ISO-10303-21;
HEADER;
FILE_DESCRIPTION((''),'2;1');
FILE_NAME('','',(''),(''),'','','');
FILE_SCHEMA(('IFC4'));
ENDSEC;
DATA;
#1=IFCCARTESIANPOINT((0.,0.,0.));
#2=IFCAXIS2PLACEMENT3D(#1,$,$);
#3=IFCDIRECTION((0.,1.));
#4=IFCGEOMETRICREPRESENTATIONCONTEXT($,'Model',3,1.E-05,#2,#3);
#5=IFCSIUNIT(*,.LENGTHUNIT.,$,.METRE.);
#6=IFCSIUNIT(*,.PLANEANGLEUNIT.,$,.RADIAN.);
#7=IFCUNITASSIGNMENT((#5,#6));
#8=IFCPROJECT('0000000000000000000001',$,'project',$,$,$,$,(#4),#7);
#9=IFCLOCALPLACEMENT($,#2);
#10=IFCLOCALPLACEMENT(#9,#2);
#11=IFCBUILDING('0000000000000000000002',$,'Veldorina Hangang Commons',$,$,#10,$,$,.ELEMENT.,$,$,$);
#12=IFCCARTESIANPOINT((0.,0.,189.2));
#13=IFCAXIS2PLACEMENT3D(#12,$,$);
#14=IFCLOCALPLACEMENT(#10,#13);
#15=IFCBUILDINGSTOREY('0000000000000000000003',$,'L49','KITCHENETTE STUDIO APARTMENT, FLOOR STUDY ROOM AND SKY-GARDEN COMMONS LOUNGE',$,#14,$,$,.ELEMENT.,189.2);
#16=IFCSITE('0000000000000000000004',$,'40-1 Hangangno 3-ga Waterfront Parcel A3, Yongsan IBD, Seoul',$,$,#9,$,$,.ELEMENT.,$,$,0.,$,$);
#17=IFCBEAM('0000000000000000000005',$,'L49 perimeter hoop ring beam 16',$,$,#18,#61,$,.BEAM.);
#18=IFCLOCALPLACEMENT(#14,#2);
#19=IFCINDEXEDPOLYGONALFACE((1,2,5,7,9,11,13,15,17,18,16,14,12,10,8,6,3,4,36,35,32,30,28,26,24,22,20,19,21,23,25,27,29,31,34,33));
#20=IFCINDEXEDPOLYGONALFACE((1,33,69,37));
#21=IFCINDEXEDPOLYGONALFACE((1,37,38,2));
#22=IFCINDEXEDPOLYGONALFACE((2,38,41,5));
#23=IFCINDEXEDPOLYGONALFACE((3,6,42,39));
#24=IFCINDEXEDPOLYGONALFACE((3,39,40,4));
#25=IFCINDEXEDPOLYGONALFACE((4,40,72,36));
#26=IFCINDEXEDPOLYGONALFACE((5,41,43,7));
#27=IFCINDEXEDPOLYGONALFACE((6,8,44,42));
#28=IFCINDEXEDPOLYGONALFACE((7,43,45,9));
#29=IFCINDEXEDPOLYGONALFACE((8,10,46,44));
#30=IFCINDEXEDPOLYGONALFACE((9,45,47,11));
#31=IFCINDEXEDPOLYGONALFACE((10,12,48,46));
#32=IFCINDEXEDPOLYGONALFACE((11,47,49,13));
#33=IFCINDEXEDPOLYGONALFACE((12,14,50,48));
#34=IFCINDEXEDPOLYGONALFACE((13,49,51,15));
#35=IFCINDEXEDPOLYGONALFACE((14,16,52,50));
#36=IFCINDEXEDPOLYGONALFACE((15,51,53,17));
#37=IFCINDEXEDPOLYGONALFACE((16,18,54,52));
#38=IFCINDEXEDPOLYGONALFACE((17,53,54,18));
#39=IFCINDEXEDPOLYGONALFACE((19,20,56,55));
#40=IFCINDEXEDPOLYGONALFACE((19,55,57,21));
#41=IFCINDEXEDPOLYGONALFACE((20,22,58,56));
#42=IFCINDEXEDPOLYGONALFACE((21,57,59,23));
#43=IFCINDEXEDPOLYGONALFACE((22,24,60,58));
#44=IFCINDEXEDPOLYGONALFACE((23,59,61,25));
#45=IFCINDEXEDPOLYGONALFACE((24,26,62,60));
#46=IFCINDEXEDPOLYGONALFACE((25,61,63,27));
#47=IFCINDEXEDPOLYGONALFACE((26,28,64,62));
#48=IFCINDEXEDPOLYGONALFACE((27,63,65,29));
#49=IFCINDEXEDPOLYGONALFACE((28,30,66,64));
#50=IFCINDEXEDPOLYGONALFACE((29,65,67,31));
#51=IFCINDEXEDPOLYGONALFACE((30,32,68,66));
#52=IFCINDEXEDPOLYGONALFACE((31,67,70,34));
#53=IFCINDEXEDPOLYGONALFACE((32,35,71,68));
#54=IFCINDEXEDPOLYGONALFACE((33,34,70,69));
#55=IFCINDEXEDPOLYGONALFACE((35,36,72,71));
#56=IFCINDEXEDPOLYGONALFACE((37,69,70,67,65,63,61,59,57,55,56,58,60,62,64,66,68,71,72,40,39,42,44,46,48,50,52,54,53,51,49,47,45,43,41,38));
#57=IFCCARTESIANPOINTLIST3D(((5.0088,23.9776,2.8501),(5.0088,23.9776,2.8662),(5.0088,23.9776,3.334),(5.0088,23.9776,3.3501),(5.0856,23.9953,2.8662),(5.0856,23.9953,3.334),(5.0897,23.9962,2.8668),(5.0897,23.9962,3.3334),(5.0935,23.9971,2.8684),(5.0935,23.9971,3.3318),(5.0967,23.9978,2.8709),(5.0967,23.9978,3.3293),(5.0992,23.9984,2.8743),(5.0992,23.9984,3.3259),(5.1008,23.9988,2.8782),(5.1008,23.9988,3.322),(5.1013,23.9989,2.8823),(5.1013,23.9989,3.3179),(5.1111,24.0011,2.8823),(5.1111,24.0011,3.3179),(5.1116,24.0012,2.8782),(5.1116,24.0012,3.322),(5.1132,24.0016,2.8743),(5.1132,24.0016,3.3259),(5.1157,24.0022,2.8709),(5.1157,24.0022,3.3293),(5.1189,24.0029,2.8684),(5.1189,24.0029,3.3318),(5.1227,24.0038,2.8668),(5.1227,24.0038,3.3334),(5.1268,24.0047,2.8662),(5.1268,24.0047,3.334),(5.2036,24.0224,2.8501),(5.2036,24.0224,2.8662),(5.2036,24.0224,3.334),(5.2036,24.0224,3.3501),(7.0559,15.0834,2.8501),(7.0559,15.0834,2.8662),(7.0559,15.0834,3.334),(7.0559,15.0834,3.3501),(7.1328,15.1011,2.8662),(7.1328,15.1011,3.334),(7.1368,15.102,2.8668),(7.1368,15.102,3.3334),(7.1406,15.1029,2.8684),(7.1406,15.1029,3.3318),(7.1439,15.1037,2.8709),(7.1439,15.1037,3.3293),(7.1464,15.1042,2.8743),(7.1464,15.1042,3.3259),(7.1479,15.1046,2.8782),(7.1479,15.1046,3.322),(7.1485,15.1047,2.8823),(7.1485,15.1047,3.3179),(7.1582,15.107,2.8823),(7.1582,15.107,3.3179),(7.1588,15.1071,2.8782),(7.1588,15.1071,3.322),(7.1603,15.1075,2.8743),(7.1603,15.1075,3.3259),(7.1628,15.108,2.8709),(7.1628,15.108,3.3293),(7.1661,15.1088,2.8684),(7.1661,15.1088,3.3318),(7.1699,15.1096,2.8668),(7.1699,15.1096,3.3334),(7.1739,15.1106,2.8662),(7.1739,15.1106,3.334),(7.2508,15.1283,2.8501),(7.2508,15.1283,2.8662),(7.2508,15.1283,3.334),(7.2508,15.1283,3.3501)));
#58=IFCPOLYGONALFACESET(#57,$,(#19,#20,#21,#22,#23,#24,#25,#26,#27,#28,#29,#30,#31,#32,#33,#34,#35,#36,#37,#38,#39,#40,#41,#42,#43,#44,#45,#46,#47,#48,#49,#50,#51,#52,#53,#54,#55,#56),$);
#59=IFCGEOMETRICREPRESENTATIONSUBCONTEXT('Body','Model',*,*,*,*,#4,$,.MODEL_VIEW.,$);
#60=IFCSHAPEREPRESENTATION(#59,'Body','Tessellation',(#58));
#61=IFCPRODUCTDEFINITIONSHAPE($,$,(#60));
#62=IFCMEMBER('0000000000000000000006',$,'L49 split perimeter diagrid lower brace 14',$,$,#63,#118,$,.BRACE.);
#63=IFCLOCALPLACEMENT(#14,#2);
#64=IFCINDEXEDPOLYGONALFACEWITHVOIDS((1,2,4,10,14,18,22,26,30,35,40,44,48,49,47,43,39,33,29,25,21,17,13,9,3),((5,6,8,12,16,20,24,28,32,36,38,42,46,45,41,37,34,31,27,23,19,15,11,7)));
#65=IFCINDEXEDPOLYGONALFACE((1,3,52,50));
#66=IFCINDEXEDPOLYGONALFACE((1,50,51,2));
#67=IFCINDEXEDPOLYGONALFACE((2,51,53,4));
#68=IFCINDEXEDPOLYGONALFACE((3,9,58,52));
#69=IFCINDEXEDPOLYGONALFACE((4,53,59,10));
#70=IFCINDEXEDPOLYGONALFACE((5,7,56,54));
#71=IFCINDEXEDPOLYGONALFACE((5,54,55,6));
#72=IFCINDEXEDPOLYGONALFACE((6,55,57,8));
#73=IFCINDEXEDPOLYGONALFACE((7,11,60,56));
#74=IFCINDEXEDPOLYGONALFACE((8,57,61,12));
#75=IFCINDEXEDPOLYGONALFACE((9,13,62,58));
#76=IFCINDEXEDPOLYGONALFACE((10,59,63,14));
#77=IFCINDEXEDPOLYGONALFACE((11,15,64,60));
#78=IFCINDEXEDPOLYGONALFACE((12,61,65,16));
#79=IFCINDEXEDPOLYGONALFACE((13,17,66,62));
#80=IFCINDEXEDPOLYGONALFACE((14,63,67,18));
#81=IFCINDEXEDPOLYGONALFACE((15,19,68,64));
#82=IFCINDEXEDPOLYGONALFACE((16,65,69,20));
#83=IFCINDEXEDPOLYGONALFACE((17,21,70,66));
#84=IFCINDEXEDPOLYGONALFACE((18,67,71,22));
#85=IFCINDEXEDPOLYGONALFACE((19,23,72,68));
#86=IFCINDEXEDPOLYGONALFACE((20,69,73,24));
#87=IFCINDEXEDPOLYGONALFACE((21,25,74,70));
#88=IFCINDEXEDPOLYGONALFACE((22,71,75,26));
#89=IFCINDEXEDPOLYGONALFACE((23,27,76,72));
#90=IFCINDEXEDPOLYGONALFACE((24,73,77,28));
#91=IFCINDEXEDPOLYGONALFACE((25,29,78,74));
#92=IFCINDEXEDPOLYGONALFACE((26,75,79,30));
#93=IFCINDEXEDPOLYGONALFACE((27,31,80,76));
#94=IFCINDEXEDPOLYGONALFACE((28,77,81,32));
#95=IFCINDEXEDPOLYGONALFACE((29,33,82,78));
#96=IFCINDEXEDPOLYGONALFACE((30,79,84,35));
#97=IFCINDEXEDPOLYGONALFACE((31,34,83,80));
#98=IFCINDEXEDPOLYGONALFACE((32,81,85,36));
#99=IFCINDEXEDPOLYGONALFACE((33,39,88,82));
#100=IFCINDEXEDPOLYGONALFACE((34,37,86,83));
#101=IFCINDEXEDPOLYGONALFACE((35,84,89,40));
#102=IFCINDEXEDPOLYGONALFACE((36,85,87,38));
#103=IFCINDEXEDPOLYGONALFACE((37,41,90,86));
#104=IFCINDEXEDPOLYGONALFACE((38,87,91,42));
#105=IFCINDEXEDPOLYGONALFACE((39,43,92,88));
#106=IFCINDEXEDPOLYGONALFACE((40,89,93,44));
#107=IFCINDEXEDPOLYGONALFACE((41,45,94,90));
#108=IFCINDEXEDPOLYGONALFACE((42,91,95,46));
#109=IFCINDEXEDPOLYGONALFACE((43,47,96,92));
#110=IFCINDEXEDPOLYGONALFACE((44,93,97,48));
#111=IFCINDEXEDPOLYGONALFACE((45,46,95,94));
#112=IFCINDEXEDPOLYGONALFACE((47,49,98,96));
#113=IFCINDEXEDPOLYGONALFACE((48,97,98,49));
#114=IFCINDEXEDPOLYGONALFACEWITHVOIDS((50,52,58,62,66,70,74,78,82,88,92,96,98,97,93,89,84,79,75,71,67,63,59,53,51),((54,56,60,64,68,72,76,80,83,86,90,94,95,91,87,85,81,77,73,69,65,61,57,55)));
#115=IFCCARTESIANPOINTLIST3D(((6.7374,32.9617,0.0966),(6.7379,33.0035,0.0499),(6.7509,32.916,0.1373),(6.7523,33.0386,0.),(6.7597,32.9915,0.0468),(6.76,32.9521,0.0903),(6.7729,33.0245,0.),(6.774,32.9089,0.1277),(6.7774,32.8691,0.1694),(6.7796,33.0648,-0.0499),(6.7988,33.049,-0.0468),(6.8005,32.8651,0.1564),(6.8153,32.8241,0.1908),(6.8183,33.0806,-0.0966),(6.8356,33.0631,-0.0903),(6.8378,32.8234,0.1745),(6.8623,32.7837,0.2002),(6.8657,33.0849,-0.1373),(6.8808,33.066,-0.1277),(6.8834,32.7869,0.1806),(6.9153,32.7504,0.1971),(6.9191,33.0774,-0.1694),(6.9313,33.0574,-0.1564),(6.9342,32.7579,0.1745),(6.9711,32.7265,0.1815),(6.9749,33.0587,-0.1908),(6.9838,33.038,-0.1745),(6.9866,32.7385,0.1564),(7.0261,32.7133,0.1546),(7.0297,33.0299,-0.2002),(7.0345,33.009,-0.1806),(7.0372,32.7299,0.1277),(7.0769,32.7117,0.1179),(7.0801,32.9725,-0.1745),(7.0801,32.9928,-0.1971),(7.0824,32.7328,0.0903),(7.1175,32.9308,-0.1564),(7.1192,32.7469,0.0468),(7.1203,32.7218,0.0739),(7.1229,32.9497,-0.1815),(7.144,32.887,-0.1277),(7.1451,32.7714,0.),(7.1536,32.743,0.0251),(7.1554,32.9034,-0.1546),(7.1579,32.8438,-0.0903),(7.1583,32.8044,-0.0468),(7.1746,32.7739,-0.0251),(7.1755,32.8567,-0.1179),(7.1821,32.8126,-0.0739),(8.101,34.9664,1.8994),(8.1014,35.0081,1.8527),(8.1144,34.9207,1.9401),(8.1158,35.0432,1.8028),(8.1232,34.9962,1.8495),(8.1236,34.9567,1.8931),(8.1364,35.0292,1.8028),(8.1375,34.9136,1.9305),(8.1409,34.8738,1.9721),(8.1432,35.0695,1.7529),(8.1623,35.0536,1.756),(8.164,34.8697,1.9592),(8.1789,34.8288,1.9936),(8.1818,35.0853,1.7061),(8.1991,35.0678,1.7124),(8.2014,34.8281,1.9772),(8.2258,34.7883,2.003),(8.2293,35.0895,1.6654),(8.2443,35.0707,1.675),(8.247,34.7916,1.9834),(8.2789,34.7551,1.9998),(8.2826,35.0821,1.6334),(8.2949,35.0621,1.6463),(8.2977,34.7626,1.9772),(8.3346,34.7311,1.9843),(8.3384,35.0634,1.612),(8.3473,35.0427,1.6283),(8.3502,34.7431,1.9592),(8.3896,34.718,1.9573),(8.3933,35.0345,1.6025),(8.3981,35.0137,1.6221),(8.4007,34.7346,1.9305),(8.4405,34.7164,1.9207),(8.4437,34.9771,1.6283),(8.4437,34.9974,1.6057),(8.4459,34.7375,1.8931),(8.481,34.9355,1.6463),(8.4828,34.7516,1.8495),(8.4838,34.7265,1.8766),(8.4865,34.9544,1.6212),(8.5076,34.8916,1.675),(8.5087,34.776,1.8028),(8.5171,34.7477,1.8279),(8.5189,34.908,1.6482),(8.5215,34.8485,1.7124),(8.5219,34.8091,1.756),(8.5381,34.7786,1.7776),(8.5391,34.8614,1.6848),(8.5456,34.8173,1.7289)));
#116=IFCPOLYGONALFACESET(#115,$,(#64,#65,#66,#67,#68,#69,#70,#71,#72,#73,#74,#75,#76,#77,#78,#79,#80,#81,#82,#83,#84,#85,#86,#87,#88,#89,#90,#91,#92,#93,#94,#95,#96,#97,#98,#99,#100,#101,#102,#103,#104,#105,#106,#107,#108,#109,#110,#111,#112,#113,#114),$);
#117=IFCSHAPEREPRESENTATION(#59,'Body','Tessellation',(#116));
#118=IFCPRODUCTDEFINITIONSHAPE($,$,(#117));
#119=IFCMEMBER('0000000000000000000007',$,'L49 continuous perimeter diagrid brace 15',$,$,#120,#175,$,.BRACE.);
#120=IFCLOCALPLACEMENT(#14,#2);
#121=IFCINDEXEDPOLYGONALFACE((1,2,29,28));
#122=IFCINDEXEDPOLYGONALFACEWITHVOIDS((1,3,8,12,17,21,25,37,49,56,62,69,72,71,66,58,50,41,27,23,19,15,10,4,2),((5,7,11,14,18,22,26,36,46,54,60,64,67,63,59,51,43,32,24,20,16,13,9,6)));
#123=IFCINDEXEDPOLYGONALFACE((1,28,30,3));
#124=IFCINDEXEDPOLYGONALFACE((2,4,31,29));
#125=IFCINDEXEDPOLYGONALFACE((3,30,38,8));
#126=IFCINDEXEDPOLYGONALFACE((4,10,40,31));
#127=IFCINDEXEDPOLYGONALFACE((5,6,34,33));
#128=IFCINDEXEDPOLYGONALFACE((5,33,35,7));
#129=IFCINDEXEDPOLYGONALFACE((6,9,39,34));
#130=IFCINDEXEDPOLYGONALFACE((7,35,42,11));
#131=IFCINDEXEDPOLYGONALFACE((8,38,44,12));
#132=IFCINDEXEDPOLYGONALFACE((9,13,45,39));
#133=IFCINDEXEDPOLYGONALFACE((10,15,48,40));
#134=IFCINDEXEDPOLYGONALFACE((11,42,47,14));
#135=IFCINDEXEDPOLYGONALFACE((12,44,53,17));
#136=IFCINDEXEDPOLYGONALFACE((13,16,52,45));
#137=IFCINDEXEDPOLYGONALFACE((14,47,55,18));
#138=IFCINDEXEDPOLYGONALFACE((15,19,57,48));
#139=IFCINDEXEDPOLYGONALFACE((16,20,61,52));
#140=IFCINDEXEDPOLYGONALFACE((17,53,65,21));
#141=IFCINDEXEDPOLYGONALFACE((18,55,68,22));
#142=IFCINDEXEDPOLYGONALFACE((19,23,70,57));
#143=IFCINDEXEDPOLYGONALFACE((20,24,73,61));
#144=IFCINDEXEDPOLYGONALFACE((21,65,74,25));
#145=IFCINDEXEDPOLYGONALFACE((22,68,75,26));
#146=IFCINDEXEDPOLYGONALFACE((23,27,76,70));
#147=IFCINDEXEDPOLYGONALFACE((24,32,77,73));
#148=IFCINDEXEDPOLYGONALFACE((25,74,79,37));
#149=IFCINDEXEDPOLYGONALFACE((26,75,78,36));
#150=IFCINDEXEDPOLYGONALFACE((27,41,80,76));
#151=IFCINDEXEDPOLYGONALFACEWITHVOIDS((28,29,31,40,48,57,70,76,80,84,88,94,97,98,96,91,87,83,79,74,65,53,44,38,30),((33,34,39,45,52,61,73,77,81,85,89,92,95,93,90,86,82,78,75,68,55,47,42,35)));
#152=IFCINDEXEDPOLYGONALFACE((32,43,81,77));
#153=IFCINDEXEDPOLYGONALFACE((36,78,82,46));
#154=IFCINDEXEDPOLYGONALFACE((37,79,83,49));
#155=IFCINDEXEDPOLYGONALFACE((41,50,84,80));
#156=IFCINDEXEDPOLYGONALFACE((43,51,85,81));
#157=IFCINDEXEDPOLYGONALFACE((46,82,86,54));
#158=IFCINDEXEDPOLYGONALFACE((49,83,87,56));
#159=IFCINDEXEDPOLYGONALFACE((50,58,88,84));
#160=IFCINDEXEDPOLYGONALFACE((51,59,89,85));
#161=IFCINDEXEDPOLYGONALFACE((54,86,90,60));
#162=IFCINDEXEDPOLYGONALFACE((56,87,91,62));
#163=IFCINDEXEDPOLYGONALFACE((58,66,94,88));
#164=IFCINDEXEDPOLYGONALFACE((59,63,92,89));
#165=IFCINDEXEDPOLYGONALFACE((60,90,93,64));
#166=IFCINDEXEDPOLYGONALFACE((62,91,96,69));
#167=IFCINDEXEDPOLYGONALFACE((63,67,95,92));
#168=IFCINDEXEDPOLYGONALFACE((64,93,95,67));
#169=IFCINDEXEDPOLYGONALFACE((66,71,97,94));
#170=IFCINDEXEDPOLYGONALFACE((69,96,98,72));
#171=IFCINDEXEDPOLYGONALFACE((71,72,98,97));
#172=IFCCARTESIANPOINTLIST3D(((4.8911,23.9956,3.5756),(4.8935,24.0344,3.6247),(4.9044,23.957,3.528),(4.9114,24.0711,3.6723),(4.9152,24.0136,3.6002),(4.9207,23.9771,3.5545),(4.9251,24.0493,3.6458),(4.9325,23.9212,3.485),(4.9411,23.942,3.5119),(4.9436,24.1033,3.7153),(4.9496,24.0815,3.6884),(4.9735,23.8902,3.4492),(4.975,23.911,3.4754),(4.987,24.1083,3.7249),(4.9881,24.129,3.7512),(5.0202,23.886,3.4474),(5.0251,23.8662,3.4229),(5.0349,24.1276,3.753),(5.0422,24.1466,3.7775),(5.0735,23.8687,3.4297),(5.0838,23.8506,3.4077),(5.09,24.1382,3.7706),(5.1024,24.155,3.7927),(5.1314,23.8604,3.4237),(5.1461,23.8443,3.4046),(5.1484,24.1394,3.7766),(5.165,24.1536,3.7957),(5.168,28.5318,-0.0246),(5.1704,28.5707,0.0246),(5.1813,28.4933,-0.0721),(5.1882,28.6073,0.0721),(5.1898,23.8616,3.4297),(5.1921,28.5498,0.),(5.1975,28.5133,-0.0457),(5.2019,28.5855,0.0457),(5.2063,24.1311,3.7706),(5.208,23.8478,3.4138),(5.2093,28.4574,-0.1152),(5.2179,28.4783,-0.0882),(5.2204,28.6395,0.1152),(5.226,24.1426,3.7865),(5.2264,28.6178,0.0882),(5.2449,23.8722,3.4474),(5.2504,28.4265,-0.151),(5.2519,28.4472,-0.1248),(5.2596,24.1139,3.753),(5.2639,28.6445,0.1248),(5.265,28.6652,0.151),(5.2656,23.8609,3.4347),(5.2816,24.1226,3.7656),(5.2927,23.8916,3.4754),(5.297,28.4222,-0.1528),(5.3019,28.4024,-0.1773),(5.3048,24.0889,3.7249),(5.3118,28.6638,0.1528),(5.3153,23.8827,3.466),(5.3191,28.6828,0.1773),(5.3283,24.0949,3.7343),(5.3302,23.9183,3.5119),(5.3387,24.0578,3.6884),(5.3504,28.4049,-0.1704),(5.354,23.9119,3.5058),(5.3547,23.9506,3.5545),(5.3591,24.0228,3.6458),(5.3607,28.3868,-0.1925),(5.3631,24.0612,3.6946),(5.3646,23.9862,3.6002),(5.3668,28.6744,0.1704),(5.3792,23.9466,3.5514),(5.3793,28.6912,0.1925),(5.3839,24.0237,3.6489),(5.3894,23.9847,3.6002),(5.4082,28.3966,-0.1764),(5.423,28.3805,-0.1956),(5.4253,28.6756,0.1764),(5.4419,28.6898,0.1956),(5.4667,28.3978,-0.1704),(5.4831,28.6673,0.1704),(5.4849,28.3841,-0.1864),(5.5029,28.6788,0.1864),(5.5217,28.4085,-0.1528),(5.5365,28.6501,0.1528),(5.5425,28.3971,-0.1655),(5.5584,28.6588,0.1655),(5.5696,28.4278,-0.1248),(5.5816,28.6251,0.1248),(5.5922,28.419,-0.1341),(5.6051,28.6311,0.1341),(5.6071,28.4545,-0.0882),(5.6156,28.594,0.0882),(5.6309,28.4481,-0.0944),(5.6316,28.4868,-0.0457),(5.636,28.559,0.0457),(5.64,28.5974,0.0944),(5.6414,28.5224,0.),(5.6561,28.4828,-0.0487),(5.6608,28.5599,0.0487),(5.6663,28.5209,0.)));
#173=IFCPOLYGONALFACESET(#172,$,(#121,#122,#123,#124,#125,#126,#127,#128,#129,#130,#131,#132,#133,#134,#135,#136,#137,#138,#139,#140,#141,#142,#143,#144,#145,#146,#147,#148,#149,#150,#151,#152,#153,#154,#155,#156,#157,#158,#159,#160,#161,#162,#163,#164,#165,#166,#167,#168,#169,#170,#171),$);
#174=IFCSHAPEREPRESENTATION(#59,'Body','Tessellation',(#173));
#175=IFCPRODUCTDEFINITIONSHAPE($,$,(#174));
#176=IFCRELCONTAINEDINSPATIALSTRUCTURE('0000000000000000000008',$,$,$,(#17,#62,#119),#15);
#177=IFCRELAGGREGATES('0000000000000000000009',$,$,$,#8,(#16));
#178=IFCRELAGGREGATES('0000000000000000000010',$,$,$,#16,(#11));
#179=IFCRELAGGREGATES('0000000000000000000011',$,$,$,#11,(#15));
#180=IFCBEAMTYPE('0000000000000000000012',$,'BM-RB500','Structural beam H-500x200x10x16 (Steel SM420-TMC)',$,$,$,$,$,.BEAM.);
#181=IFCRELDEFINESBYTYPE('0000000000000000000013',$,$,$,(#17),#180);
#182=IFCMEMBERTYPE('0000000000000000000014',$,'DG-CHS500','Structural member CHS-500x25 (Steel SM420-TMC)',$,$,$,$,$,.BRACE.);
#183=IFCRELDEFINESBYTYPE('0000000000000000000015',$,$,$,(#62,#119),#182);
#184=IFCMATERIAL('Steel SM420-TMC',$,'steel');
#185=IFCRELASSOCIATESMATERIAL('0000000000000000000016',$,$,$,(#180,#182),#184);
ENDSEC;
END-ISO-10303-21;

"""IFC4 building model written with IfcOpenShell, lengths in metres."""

from ifc_helpers import new_model, si_unit, direction, frame, origin, origin_2d, place, context, subcontext, project, spatial, hollow_circle, i_section, extrude, material, material_profile, profile_set, type_object, element, save


model = new_model("IFC4")

# Units and contexts
model_context = context("Model", 3, precision=1e-05, world=origin(), true_north=direction((0.0, 1.0)))
body_context = subcontext(model_context, "Body", "Model", "MODEL_VIEW")
ifc_project = project(units=[si_unit("LENGTHUNIT", "METRE"), si_unit("PLANEANGLEUNIT", "RADIAN")], contexts=[model_context])

# Site, building, storey
site_placement = place(None, origin())
site = spatial("IfcSite", under=ifc_project, at=site_placement, Name="40-1 Hangangno 3-ga Waterfront Parcel A3, Yongsan IBD, Seoul", CompositionType="ELEMENT", RefElevation=0.0)
building_placement = place(site_placement, origin())
building = spatial("IfcBuilding", under=site, at=building_placement, Name="Veldorina Hangang Commons", CompositionType="ELEMENT")
storey_placement = place(building_placement, frame((0.0, 0.0, 189.2)))
storey = spatial("IfcBuildingStorey", under=building, at=storey_placement, Name="L49", Description="KITCHENETTE STUDIO APARTMENT, FLOOR STUDY ROOM AND SKY-GARDEN COMMONS LOUNGE", CompositionType="ELEMENT", Elevation=189.2)

# Beam
ifc_material_1 = material(Name="Steel SM420-TMC", Category="steel")
ifc_material_profile_1 = material_profile(ifc_material_1, i_section(OverallWidth=0.2, OverallDepth=0.5, WebThickness=0.01, FlangeThickness=0.0161, FilletRadius=0.0161, at=origin_2d()), Name="H-500x200x10x16")
ifc_profile_set_1 = profile_set([ifc_material_profile_1], Name="Steel SM420-TMC")
beam_type_1 = type_object("IfcBeamType", Name="BM-RB500", Description="Structural beam H-500x200x10x16 (Steel SM420-TMC)", PredefinedType="BEAM", material=ifc_profile_set_1)
for number, where, z_axis, x_axis, name in (
    (1, (5.1062, 24.0, 3.1001), (0.224303, -0.97452, 0.0), (0.97452, 0.224303, 0.0), "L49 perimeter hoop ring beam 16"),
):
    element("IfcBeam", number, at=place(storey_placement, frame(where, z_axis=z_axis, x_axis=x_axis)), inside=storey, type_object=beam_type_1, Name=name, PredefinedType="BEAM", context=body_context, shape_type="SweptSolid", body=[
        extrude(i_section(OverallWidth=0.2, OverallDepth=0.5, WebThickness=0.01, FlangeThickness=0.0161, FilletRadius=0.0161, at=origin_2d()), origin(), (0.0, 0.0, 1.0), 9.1267),
    ])

# Members
ifc_material_profile_2 = material_profile(ifc_material_1, hollow_circle(Radius=0.25, WallThickness=0.0249, at=origin_2d()), Name="CHS-500x25")
ifc_profile_set_2 = profile_set([ifc_material_profile_2], Name="Steel SM420-TMC")
member_type = type_object("IfcMemberType", Name="DG-CHS500", Description="Structural member CHS-500x25 (Steel SM420-TMC)", PredefinedType="BRACE", material=ifc_profile_set_2)
member_1_placement = place(storey_placement, frame((6.959, 32.8979, 0.0), z_axis=(0.45132, 0.663525, 0.596695), x_axis=(-0.826855, 0.562415, 0.0)))
element("IfcMember", 2, at=member_1_placement, inside=storey, type_object=member_type, Name="L49 split perimeter diagrid lower brace 14", PredefinedType="BRACE", context=body_context, shape_type="SweptSolid", body=[
    extrude(hollow_circle(Radius=0.25, WallThickness=0.0249, at=origin_2d()), origin(), (0.0, 0.0, 1.0), 3.0212),
])
member_2_placement = place(storey_placement, frame((5.4167, 28.5361, 0.0), z_axis=(-0.047752, -0.782396, 0.620948), x_axis=(0.998143, -0.06092, 0.0)))
element("IfcMember", 3, at=member_2_placement, inside=storey, type_object=member_type, Name="L49 continuous perimeter diagrid brace 15", PredefinedType="BRACE", context=body_context, shape_type="SweptSolid", body=[
    extrude(hollow_circle(Radius=0.25, WallThickness=0.0249, at=origin_2d()), origin(), (0.0, 0.0, 1.0), 5.7979),
])

save(model, "model.ifc")
